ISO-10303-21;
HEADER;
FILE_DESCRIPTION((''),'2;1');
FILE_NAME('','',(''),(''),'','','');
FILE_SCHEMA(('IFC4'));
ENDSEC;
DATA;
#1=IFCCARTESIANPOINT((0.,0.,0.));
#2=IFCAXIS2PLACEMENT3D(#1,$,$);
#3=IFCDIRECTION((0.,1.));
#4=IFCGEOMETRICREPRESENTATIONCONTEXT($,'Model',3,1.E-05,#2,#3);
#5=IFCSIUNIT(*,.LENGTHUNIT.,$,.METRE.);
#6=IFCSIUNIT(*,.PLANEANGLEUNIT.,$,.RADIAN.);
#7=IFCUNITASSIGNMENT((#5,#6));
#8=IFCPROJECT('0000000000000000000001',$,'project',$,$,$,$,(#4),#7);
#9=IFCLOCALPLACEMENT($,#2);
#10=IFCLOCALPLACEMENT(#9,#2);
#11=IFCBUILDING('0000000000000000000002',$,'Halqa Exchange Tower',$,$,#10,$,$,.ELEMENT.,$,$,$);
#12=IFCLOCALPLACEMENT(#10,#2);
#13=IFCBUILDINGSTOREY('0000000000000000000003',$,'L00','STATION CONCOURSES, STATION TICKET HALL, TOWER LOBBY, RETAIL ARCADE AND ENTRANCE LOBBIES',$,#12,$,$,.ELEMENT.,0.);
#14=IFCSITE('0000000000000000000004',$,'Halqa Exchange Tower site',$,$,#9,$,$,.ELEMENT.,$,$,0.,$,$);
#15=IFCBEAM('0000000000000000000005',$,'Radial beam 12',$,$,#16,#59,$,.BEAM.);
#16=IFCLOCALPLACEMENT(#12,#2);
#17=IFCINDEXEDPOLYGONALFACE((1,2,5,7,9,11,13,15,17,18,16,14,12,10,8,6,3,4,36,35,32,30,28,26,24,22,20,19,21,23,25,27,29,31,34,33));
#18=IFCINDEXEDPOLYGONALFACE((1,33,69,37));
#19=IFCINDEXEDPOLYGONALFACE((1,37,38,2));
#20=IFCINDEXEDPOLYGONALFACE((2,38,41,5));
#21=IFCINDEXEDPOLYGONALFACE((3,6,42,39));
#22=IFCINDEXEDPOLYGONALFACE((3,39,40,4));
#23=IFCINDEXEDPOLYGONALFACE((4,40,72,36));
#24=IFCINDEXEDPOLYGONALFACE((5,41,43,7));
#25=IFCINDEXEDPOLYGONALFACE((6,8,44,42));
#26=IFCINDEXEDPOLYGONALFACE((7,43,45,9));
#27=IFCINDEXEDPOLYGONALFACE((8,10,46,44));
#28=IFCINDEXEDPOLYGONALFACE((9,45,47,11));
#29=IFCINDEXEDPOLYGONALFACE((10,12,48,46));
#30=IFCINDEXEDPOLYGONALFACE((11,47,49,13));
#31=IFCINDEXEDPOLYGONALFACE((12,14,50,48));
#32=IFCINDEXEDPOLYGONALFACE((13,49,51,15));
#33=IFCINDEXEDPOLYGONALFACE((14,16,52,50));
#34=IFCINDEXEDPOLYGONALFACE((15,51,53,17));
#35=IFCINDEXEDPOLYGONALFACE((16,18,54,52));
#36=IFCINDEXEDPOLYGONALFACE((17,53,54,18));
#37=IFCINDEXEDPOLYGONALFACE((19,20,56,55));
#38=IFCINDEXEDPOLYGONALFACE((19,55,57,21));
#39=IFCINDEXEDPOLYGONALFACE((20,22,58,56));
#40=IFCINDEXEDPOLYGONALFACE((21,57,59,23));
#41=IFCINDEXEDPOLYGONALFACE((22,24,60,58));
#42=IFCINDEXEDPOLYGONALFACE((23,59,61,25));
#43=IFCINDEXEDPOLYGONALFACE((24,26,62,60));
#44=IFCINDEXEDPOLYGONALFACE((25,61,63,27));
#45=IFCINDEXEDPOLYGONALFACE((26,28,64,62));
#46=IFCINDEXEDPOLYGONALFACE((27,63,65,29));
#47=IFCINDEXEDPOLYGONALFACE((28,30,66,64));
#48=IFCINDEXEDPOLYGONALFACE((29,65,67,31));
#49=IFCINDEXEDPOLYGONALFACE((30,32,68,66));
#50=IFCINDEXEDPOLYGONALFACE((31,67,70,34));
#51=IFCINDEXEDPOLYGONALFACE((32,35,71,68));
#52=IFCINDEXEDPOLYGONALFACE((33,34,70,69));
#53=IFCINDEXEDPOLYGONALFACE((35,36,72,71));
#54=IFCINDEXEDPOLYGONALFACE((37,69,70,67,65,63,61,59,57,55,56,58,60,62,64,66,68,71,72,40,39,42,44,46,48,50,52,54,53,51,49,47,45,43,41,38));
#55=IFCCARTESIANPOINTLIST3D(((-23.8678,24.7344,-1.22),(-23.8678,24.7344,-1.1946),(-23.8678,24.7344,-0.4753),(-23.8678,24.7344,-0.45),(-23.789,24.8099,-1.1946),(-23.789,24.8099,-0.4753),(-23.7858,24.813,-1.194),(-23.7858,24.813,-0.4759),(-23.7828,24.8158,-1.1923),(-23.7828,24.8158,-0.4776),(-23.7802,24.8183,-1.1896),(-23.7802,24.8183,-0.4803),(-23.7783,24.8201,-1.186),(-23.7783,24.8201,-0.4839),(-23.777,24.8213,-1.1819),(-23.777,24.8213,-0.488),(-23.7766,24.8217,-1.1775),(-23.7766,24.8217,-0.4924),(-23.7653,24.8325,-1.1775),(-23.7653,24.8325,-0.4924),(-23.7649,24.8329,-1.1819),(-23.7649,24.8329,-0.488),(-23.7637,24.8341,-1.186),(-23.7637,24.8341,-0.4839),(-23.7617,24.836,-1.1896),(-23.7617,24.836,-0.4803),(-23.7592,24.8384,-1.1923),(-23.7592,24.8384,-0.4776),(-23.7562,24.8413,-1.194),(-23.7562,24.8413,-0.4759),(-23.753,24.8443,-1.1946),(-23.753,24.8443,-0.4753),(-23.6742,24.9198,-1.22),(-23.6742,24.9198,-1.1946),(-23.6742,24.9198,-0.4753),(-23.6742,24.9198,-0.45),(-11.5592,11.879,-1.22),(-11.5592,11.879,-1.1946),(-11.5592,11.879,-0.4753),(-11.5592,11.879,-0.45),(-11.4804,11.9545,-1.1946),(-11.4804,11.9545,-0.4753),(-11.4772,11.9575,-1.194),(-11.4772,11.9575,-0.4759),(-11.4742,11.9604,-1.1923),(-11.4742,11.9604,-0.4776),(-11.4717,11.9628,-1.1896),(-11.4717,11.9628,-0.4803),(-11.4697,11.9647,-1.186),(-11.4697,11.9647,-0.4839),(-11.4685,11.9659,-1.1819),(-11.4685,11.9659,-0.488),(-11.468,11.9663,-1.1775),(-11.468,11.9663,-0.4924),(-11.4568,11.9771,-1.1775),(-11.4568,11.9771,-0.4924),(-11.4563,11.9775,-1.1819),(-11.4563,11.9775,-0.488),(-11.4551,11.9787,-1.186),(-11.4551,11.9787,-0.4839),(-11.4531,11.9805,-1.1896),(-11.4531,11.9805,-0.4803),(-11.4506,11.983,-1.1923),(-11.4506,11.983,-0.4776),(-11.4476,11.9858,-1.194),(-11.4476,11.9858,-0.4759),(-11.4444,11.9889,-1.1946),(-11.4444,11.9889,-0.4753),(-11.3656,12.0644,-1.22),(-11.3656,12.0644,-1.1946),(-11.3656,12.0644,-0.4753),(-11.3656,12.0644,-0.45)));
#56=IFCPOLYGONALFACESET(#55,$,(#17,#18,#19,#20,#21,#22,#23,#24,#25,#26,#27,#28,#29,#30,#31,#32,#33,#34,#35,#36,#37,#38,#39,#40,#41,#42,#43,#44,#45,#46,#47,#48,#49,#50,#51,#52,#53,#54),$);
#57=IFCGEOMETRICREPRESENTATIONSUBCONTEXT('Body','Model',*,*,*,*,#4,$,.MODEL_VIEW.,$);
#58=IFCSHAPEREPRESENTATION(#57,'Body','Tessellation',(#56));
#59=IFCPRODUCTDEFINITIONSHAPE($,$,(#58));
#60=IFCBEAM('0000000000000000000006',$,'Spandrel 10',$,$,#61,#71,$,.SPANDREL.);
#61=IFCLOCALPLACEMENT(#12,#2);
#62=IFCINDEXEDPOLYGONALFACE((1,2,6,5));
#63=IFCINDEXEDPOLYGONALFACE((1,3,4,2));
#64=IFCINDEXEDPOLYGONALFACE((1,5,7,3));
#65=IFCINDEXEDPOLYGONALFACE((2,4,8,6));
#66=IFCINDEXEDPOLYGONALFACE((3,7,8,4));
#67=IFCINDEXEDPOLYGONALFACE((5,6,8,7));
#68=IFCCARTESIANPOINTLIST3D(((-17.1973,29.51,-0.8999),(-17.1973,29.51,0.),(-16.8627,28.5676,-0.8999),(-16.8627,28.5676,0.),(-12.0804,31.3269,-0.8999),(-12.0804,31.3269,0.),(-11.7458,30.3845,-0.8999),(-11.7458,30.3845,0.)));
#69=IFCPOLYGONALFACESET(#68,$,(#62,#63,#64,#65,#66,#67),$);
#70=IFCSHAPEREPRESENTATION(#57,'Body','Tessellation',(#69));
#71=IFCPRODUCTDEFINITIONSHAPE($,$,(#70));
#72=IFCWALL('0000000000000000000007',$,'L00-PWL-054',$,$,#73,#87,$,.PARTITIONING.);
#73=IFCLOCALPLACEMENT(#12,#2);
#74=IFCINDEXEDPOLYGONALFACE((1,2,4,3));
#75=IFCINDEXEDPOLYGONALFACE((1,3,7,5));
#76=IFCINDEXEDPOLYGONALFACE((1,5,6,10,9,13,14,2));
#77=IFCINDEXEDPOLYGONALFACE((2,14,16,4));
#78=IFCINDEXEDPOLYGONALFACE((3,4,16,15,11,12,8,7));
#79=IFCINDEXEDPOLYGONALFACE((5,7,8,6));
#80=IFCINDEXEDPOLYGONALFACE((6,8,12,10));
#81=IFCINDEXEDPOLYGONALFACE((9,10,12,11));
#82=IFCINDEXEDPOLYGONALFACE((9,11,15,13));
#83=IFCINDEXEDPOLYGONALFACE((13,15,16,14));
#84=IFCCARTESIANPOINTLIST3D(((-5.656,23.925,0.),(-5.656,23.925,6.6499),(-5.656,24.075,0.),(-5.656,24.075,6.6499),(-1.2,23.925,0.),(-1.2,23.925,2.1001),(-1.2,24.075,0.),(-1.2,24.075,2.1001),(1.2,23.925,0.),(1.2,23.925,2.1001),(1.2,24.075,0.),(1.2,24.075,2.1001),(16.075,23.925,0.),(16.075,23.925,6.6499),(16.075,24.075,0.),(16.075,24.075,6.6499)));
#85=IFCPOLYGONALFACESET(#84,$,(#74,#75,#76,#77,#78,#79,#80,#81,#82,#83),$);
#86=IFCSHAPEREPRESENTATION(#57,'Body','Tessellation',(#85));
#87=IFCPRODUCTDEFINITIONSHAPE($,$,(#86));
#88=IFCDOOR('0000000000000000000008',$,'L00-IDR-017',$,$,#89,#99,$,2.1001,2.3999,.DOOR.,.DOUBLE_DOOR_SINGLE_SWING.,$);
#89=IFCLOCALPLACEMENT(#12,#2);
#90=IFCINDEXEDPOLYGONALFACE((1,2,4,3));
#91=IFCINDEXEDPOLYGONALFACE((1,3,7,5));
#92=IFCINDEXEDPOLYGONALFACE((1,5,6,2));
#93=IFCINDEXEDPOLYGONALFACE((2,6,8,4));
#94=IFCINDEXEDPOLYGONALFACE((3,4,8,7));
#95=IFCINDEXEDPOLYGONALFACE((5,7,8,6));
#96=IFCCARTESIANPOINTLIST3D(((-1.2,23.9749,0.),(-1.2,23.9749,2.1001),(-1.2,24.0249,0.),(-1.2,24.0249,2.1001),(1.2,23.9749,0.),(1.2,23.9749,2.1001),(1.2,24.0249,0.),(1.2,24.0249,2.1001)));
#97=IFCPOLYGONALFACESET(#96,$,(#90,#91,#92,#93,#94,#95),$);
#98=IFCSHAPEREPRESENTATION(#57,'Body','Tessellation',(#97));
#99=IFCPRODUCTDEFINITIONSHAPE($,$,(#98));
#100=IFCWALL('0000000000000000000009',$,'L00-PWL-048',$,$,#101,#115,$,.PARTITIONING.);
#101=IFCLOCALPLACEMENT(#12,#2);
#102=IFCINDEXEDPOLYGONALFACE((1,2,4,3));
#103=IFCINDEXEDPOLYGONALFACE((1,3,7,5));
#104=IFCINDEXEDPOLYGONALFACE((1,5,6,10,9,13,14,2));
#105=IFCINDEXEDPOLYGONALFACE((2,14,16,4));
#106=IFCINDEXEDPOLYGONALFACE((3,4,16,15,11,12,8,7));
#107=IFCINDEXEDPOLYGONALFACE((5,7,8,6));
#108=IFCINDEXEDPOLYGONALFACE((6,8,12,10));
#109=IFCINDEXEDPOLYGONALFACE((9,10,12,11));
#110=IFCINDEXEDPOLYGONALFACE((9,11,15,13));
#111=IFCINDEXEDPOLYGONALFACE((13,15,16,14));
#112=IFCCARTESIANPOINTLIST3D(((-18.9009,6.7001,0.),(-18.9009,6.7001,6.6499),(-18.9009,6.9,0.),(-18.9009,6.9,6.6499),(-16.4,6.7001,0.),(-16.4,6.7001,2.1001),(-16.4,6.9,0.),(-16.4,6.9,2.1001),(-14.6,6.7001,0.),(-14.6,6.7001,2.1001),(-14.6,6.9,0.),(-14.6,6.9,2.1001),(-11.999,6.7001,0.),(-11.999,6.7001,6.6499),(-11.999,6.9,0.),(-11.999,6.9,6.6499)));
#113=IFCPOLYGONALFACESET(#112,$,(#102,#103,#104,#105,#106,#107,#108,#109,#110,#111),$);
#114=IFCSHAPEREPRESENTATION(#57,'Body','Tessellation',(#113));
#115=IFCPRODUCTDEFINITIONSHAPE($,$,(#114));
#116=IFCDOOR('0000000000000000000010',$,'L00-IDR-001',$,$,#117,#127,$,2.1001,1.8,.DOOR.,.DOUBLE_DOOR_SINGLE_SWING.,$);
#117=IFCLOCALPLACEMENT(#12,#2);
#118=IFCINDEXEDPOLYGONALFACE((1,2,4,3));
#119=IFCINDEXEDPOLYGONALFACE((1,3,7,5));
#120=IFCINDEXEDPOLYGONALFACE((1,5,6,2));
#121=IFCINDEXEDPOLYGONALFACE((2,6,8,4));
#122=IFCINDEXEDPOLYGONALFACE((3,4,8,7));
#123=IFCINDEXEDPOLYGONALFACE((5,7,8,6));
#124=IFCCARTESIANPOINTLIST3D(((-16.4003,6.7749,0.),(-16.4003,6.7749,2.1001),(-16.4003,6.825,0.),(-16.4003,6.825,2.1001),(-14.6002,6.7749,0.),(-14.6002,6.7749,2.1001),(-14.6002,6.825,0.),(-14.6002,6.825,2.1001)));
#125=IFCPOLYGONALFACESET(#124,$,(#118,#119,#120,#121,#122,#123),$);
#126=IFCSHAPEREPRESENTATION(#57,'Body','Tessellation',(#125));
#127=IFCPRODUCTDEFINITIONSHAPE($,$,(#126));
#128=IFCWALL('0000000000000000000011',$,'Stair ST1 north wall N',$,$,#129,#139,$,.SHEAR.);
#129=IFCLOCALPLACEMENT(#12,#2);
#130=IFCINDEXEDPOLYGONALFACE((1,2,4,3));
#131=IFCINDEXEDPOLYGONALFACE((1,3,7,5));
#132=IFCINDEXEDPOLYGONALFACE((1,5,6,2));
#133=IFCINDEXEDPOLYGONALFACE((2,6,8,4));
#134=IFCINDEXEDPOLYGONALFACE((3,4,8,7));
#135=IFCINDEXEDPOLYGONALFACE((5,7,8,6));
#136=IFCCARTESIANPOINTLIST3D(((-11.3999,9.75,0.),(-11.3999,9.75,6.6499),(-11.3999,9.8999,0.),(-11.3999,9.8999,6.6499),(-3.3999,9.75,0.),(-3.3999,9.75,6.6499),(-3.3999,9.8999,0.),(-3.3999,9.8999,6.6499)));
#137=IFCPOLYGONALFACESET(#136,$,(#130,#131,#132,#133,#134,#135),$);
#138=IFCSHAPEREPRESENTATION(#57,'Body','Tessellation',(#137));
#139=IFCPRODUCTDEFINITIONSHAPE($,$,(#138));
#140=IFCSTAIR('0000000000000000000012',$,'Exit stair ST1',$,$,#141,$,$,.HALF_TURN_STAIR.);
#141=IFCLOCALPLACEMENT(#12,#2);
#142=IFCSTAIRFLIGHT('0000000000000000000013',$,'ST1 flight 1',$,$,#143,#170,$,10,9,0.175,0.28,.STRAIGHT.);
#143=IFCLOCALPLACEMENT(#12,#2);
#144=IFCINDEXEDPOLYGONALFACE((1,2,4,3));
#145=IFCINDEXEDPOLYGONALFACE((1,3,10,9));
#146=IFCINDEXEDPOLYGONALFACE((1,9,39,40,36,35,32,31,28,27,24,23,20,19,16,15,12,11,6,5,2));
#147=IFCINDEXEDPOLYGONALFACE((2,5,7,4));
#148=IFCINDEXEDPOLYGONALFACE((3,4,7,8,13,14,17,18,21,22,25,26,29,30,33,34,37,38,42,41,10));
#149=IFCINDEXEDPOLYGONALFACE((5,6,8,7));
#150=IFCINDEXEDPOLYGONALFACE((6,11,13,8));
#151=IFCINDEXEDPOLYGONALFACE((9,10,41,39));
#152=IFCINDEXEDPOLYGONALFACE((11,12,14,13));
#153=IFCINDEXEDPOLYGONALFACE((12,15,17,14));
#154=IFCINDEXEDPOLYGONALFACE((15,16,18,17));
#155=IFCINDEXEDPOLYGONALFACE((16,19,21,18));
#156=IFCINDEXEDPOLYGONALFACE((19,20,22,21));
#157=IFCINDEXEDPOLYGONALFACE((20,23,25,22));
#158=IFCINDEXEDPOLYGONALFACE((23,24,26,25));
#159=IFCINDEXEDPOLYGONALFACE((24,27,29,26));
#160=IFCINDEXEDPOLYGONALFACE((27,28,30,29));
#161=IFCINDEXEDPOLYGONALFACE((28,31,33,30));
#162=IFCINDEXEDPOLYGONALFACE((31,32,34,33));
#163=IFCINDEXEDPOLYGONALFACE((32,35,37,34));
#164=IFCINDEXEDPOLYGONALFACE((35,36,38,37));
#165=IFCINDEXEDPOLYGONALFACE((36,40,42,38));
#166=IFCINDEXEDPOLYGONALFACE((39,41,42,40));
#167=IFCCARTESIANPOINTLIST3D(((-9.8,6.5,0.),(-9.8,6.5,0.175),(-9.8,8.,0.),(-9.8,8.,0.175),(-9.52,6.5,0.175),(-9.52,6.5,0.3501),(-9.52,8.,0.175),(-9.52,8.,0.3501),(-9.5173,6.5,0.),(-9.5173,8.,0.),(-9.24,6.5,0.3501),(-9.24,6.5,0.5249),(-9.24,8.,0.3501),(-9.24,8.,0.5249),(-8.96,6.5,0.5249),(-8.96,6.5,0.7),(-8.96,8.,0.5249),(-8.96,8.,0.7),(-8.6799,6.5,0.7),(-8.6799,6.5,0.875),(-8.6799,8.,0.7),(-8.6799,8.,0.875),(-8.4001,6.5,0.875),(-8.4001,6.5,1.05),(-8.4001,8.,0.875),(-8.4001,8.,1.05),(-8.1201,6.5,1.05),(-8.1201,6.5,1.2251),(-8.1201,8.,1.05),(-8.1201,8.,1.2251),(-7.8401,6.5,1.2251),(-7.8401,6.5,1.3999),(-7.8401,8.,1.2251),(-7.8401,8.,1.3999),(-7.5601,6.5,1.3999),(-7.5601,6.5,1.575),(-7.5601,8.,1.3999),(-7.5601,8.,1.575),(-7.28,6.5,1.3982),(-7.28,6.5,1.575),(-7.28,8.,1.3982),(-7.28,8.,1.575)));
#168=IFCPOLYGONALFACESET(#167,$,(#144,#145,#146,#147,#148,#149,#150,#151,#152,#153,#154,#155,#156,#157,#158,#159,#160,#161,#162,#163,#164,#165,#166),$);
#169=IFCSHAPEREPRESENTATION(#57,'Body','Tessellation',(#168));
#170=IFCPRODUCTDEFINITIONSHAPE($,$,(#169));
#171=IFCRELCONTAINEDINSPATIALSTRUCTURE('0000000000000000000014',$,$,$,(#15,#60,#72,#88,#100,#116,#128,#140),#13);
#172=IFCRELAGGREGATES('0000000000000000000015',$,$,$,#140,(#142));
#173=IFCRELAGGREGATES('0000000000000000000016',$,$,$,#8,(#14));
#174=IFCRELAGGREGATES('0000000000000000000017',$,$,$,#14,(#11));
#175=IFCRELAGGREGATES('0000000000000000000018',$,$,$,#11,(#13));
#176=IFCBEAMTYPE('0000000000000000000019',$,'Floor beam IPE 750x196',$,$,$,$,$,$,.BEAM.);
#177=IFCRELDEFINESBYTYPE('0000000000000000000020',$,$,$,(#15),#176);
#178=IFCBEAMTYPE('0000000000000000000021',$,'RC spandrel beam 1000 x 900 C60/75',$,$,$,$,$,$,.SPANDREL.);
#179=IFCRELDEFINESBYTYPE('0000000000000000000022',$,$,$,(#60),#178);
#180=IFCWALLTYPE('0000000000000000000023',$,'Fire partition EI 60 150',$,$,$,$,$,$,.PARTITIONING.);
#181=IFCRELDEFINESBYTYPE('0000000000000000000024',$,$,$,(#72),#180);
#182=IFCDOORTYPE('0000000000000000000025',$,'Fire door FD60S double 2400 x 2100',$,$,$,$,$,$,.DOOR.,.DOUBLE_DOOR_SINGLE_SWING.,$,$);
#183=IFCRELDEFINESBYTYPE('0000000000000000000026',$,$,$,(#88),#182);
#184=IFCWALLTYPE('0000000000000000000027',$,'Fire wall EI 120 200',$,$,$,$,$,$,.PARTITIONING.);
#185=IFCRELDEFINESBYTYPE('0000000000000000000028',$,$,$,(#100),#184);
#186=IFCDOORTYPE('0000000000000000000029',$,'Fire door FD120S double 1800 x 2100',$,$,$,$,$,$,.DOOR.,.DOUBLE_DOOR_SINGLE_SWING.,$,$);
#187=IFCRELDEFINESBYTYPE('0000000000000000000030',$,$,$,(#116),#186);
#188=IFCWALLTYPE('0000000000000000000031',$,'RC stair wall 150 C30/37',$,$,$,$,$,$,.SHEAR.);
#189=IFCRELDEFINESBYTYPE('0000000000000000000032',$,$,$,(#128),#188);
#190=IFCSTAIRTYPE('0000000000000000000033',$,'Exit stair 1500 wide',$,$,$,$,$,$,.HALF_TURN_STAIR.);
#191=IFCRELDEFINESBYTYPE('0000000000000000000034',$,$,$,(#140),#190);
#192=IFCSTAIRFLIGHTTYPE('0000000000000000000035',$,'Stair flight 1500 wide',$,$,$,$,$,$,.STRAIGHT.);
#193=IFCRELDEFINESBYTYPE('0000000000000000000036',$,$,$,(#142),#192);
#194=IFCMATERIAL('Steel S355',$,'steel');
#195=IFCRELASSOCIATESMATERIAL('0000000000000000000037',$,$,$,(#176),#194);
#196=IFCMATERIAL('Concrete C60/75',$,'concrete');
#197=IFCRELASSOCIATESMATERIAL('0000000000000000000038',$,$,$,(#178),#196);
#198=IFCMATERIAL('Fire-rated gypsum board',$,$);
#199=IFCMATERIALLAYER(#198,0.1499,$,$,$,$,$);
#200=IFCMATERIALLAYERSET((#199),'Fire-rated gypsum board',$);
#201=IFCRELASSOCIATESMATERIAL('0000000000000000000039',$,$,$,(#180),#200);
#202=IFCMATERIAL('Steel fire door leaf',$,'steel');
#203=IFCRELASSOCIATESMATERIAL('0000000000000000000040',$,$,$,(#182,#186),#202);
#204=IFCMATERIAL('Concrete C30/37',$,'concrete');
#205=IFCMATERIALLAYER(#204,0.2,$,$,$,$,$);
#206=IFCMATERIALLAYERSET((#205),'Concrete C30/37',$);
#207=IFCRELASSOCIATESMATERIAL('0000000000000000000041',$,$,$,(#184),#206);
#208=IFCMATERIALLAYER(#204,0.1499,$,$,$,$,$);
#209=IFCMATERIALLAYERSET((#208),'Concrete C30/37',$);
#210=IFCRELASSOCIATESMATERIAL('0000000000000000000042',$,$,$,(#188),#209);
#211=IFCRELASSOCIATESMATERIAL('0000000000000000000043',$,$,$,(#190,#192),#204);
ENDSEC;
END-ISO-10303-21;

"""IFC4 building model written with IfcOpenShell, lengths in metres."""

from ifc_helpers import new_model, si_unit, direction, frame, frame_2d, origin, origin_2d, place, context, subcontext, project, spatial, polyline, rectangle, i_section, outline, extrude, material, layer, layer_set, material_profile, profile_set, type_object, element, fill, aggregate, save


model = new_model("IFC4")

# Units and contexts
model_context = context("Model", 3, precision=1e-05, world=origin(), true_north=direction((0.0, 1.0)))
body_context = subcontext(model_context, "Body", "Model", "MODEL_VIEW")
ifc_project = project(units=[si_unit("LENGTHUNIT", "METRE"), si_unit("PLANEANGLEUNIT", "RADIAN")], contexts=[model_context])

# Site, building, storey
site_placement = place(None, origin())
site = spatial("IfcSite", under=ifc_project, at=site_placement, Name="Halqa Exchange Tower site", CompositionType="ELEMENT", RefElevation=0.0)
building_placement = place(site_placement, origin())
building = spatial("IfcBuilding", under=site, at=building_placement, Name="Halqa Exchange Tower", CompositionType="ELEMENT")
storey_placement = place(building_placement, origin())
storey = spatial("IfcBuildingStorey", under=building, at=storey_placement, Name="L00", Description="STATION CONCOURSES, STATION TICKET HALL, TOWER LOBBY, RETAIL ARCADE AND ENTRANCE LOBBIES", CompositionType="ELEMENT", Elevation=0.0)

# Beams
ifc_material_1 = material(Name="Steel S355", Category="steel")
ifc_material_profile_1 = material_profile(ifc_material_1, i_section(OverallWidth=0.2681, OverallDepth=0.77, WebThickness=0.0156, FlangeThickness=0.0254, FilletRadius=0.0171, at=origin_2d()), Name="IPE 750x196")
ifc_profile_set_1 = profile_set([ifc_material_profile_1], Name="Steel S355")
beam_type_1 = type_object("IfcBeamType", Name="Floor beam IPE 750x196", PredefinedType="BEAM", material=ifc_profile_set_1)
beam_1_placement = place(storey_placement, frame((-11.4624, 11.9717, -0.835), z_axis=(-0.691576, 0.722303, 0.0), x_axis=(-0.722303, -0.691576, 0.0)))
element("IfcBeam", 1, at=beam_1_placement, inside=storey, type_object=beam_type_1, Name="Radial beam 12", PredefinedType="BEAM", context=body_context, shape_type="SweptSolid", body=[
    extrude(i_section(OverallWidth=0.2681, OverallDepth=0.77, WebThickness=0.0156, FlangeThickness=0.0254, FilletRadius=0.0171, at=origin_2d()), origin(), (0.0, 0.0, 1.0), 17.7979),
])
ifc_material_2 = material(Name="Concrete C60/75", Category="concrete")
ifc_material_profile_2 = material_profile(ifc_material_2, rectangle(XDim=1.0, YDim=0.8999, at=origin_2d()), Name="1000 x 900")
ifc_profile_set_2 = profile_set([ifc_material_profile_2], Name="Concrete C60/75")
beam_type_2 = type_object("IfcBeamType", Name="RC spandrel beam 1000 x 900 C60/75", PredefinedType="SPANDREL", material=ifc_profile_set_2)
beam_2_placement = place(storey_placement, frame((-11.9131, 30.8557, -0.45), z_axis=(-0.942358, -0.334607, 0.0), x_axis=(0.334607, -0.942358, 0.0)))
element("IfcBeam", 2, at=beam_2_placement, inside=storey, type_object=beam_type_2, Name="Spandrel 10", PredefinedType="SPANDREL", context=body_context, shape_type="SweptSolid", body=[
    extrude(rectangle(XDim=1.0, YDim=0.8999, at=origin_2d()), origin(), (0.0, 0.0, 1.0), 5.4299),
])

# Walls, openings, doors
ifc_material_3 = material(Name="Fire-rated gypsum board")
ifc_layer_1 = layer(ifc_material_3, 0.1499)
ifc_layer_set_1 = layer_set([ifc_layer_1], Name="Fire-rated gypsum board")
wall_type_1 = type_object("IfcWallType", Name="Fire partition EI 60 150", PredefinedType="PARTITIONING", material=ifc_layer_set_1)
wall_1_placement = place(storey_placement, frame((-5.656, 24.0, 0.0), z_axis=(0.0, 0.0, 1.0), x_axis=(1.0, 0.0, 0.0)))
wall_1 = element("IfcWall", 3, at=wall_1_placement, inside=storey, type_object=wall_type_1, Name="L00-PWL-054", PredefinedType="PARTITIONING", context=body_context, shape_type="SweptSolid", body=[
    extrude(rectangle(XDim=21.731, YDim=0.1499, at=frame_2d((10.8655, 0.0))), origin(), (0.0, 0.0, 1.0), 6.6499),
])
opening_1_placement = place(wall_1_placement, frame((4.4561, 0.0, 0.0)))
opening_1 = element("IfcOpeningElement", 4, at=opening_1_placement, cuts=wall_1, PredefinedType="OPENING", context=body_context, shape_type="SweptSolid", body=[
    extrude(rectangle(XDim=2.3999, YDim=2.1001, at=frame_2d((1.2, 1.05))), frame((0.0, 0.0869, 0.0), z_axis=(0.0, -1.0, 0.0), x_axis=(1.0, 0.0, 0.0)), (0.0, 0.0, 1.0), 0.1738),
])
ifc_material_4 = material(Name="Steel fire door leaf", Category="steel")
door_type_1 = type_object("IfcDoorType", Name="Fire door FD60S double 2400 x 2100", OperationType="DOUBLE_DOOR_SINGLE_SWING", PredefinedType="DOOR", material=ifc_material_4)
door_1_placement = place(opening_1_placement, origin())
door_1 = element("IfcDoor", 5, at=door_1_placement, inside=storey, type_object=door_type_1, Name="L00-IDR-017", OperationType="DOUBLE_DOOR_SINGLE_SWING", OverallHeight=2.1001, OverallWidth=2.3999, PredefinedType="DOOR", context=body_context, shape_type="SweptSolid", body=[
    extrude(rectangle(XDim=2.3999, YDim=2.1001, at=frame_2d((1.2, 1.05))), frame((0.0, 0.0249, 0.0), z_axis=(0.0, -1.0, 0.0), x_axis=(1.0, 0.0, 0.0)), (0.0, 0.0, 1.0), 0.05),
])
fill(opening_1, door_1)
ifc_material_5 = material(Name="Concrete C30/37", Category="concrete")
ifc_layer_2 = layer(ifc_material_5, 0.2)
ifc_layer_set_2 = layer_set([ifc_layer_2], Name="Concrete C30/37")
wall_type_2 = type_object("IfcWallType", Name="Fire wall EI 120 200", PredefinedType="PARTITIONING", material=ifc_layer_set_2)
wall_2_placement = place(storey_placement, frame((-11.999, 6.8, 0.0), z_axis=(0.0, 0.0, 1.0), x_axis=(-1.0, 0.0, 0.0)))
wall_2 = element("IfcWall", 6, at=wall_2_placement, inside=storey, type_object=wall_type_2, Name="L00-PWL-048", PredefinedType="PARTITIONING", context=body_context, shape_type="SweptSolid", body=[
    extrude(rectangle(XDim=6.9019, YDim=0.2, at=frame_2d((3.4509, 0.0))), origin(), (0.0, 0.0, 1.0), 6.6499),
])
opening_2_placement = place(wall_2_placement, frame((2.6011, 0.0, 0.0)))
opening_2 = element("IfcOpeningElement", 7, at=opening_2_placement, cuts=wall_2, PredefinedType="OPENING", context=body_context, shape_type="SweptSolid", body=[
    extrude(rectangle(XDim=1.8, YDim=2.1001, at=frame_2d((0.8999, 1.05))), frame((0.0, 0.1121, 0.0), z_axis=(0.0, -1.0, 0.0), x_axis=(1.0, 0.0, 0.0)), (0.0, 0.0, 1.0), 0.2239),
])
door_type_2 = type_object("IfcDoorType", Name="Fire door FD120S double 1800 x 2100", OperationType="DOUBLE_DOOR_SINGLE_SWING", PredefinedType="DOOR", material=ifc_material_4)
door_2_placement = place(opening_2_placement, frame((1.8, 0.0, 0.0), z_axis=(0.0, 0.0, 1.0), x_axis=(-1.0, 0.0, 0.0)))
door_2 = element("IfcDoor", 8, at=door_2_placement, inside=storey, type_object=door_type_2, Name="L00-IDR-001", OperationType="DOUBLE_DOOR_SINGLE_SWING", OverallHeight=2.1001, OverallWidth=1.8, PredefinedType="DOOR", context=body_context, shape_type="SweptSolid", body=[
    extrude(rectangle(XDim=1.8, YDim=2.1001, at=frame_2d((0.8999, 1.05))), frame((0.0, 0.0249, 0.0), z_axis=(0.0, -1.0, 0.0), x_axis=(1.0, 0.0, 0.0)), (0.0, 0.0, 1.0), 0.05),
])
fill(opening_2, door_2)

# Wall
ifc_layer_3 = layer(ifc_material_5, 0.1499)
ifc_layer_set_3 = layer_set([ifc_layer_3], Name="Concrete C30/37")
wall_type_3 = type_object("IfcWallType", Name="RC stair wall 150 C30/37", PredefinedType="SHEAR", material=ifc_layer_set_3)
wall_3_placement = place(storey_placement, frame((-11.3999, 9.825, 0.0), z_axis=(0.0, 0.0, 1.0), x_axis=(1.0, 0.0, 0.0)))
element("IfcWall", 9, at=wall_3_placement, inside=storey, type_object=wall_type_3, Name="Stair ST1 north wall N", PredefinedType="SHEAR", context=body_context, shape_type="SweptSolid", body=[
    extrude(rectangle(XDim=8.0, YDim=0.1499, at=frame_2d((4.0, 0.0))), origin(), (0.0, 0.0, 1.0), 6.6499),
])

# Stair, stair flight
stair_type = type_object("IfcStairType", Name="Exit stair 1500 wide", PredefinedType="HALF_TURN_STAIR", material=ifc_material_5)
stair_placement = place(storey_placement, origin())
stair = element("IfcStair", 10, at=stair_placement, inside=storey, type_object=stair_type, Name="Exit stair ST1", PredefinedType="HALF_TURN_STAIR")
stair_flight_type = type_object("IfcStairFlightType", Name="Stair flight 1500 wide", PredefinedType="STRAIGHT", material=ifc_material_5)
stair_flight_1_placement = place(storey_placement, frame((-9.8, 7.25, 0.0), z_axis=(0.0, 0.0, 1.0), x_axis=(1.0, 0.0, 0.0)))
stair_flight_1 = element("IfcStairFlight", 11, at=stair_flight_1_placement, type_object=stair_flight_type, Name="ST1 flight 1", NumberOfRisers=10, NumberOfTreads=9, PredefinedType="STRAIGHT", RiserHeight=0.175, TreadLength=0.28, context=body_context, shape_type="SweptSolid", body=[
    extrude(outline(polyline([(0.0, 0.0), (0.0, 0.175), (0.28, 0.175), (0.28, 0.3501), (0.5601, 0.3501), (0.5601, 0.5249), (0.8401, 0.5249), (0.8401, 0.7), (1.1201, 0.7), (1.1201, 0.875), (1.3999, 0.875), (1.3999, 1.05), (1.6799, 1.05), (1.6799, 1.2251), (1.96, 1.2251), (1.96, 1.3999), (2.24, 1.3999), (2.24, 1.575), (2.52, 1.575), (2.52, 1.75), (2.52, 1.3982), (0.2827, 0.0), (0.0, 0.0)])), frame((0.0, 0.75, 0.0), z_axis=(0.0, -1.0, 0.0), x_axis=(1.0, 0.0, 0.0)), (0.0, 0.0, 1.0), 1.5),
])
aggregate(stair, [stair_flight_1])

save(model, "model.ifc")
